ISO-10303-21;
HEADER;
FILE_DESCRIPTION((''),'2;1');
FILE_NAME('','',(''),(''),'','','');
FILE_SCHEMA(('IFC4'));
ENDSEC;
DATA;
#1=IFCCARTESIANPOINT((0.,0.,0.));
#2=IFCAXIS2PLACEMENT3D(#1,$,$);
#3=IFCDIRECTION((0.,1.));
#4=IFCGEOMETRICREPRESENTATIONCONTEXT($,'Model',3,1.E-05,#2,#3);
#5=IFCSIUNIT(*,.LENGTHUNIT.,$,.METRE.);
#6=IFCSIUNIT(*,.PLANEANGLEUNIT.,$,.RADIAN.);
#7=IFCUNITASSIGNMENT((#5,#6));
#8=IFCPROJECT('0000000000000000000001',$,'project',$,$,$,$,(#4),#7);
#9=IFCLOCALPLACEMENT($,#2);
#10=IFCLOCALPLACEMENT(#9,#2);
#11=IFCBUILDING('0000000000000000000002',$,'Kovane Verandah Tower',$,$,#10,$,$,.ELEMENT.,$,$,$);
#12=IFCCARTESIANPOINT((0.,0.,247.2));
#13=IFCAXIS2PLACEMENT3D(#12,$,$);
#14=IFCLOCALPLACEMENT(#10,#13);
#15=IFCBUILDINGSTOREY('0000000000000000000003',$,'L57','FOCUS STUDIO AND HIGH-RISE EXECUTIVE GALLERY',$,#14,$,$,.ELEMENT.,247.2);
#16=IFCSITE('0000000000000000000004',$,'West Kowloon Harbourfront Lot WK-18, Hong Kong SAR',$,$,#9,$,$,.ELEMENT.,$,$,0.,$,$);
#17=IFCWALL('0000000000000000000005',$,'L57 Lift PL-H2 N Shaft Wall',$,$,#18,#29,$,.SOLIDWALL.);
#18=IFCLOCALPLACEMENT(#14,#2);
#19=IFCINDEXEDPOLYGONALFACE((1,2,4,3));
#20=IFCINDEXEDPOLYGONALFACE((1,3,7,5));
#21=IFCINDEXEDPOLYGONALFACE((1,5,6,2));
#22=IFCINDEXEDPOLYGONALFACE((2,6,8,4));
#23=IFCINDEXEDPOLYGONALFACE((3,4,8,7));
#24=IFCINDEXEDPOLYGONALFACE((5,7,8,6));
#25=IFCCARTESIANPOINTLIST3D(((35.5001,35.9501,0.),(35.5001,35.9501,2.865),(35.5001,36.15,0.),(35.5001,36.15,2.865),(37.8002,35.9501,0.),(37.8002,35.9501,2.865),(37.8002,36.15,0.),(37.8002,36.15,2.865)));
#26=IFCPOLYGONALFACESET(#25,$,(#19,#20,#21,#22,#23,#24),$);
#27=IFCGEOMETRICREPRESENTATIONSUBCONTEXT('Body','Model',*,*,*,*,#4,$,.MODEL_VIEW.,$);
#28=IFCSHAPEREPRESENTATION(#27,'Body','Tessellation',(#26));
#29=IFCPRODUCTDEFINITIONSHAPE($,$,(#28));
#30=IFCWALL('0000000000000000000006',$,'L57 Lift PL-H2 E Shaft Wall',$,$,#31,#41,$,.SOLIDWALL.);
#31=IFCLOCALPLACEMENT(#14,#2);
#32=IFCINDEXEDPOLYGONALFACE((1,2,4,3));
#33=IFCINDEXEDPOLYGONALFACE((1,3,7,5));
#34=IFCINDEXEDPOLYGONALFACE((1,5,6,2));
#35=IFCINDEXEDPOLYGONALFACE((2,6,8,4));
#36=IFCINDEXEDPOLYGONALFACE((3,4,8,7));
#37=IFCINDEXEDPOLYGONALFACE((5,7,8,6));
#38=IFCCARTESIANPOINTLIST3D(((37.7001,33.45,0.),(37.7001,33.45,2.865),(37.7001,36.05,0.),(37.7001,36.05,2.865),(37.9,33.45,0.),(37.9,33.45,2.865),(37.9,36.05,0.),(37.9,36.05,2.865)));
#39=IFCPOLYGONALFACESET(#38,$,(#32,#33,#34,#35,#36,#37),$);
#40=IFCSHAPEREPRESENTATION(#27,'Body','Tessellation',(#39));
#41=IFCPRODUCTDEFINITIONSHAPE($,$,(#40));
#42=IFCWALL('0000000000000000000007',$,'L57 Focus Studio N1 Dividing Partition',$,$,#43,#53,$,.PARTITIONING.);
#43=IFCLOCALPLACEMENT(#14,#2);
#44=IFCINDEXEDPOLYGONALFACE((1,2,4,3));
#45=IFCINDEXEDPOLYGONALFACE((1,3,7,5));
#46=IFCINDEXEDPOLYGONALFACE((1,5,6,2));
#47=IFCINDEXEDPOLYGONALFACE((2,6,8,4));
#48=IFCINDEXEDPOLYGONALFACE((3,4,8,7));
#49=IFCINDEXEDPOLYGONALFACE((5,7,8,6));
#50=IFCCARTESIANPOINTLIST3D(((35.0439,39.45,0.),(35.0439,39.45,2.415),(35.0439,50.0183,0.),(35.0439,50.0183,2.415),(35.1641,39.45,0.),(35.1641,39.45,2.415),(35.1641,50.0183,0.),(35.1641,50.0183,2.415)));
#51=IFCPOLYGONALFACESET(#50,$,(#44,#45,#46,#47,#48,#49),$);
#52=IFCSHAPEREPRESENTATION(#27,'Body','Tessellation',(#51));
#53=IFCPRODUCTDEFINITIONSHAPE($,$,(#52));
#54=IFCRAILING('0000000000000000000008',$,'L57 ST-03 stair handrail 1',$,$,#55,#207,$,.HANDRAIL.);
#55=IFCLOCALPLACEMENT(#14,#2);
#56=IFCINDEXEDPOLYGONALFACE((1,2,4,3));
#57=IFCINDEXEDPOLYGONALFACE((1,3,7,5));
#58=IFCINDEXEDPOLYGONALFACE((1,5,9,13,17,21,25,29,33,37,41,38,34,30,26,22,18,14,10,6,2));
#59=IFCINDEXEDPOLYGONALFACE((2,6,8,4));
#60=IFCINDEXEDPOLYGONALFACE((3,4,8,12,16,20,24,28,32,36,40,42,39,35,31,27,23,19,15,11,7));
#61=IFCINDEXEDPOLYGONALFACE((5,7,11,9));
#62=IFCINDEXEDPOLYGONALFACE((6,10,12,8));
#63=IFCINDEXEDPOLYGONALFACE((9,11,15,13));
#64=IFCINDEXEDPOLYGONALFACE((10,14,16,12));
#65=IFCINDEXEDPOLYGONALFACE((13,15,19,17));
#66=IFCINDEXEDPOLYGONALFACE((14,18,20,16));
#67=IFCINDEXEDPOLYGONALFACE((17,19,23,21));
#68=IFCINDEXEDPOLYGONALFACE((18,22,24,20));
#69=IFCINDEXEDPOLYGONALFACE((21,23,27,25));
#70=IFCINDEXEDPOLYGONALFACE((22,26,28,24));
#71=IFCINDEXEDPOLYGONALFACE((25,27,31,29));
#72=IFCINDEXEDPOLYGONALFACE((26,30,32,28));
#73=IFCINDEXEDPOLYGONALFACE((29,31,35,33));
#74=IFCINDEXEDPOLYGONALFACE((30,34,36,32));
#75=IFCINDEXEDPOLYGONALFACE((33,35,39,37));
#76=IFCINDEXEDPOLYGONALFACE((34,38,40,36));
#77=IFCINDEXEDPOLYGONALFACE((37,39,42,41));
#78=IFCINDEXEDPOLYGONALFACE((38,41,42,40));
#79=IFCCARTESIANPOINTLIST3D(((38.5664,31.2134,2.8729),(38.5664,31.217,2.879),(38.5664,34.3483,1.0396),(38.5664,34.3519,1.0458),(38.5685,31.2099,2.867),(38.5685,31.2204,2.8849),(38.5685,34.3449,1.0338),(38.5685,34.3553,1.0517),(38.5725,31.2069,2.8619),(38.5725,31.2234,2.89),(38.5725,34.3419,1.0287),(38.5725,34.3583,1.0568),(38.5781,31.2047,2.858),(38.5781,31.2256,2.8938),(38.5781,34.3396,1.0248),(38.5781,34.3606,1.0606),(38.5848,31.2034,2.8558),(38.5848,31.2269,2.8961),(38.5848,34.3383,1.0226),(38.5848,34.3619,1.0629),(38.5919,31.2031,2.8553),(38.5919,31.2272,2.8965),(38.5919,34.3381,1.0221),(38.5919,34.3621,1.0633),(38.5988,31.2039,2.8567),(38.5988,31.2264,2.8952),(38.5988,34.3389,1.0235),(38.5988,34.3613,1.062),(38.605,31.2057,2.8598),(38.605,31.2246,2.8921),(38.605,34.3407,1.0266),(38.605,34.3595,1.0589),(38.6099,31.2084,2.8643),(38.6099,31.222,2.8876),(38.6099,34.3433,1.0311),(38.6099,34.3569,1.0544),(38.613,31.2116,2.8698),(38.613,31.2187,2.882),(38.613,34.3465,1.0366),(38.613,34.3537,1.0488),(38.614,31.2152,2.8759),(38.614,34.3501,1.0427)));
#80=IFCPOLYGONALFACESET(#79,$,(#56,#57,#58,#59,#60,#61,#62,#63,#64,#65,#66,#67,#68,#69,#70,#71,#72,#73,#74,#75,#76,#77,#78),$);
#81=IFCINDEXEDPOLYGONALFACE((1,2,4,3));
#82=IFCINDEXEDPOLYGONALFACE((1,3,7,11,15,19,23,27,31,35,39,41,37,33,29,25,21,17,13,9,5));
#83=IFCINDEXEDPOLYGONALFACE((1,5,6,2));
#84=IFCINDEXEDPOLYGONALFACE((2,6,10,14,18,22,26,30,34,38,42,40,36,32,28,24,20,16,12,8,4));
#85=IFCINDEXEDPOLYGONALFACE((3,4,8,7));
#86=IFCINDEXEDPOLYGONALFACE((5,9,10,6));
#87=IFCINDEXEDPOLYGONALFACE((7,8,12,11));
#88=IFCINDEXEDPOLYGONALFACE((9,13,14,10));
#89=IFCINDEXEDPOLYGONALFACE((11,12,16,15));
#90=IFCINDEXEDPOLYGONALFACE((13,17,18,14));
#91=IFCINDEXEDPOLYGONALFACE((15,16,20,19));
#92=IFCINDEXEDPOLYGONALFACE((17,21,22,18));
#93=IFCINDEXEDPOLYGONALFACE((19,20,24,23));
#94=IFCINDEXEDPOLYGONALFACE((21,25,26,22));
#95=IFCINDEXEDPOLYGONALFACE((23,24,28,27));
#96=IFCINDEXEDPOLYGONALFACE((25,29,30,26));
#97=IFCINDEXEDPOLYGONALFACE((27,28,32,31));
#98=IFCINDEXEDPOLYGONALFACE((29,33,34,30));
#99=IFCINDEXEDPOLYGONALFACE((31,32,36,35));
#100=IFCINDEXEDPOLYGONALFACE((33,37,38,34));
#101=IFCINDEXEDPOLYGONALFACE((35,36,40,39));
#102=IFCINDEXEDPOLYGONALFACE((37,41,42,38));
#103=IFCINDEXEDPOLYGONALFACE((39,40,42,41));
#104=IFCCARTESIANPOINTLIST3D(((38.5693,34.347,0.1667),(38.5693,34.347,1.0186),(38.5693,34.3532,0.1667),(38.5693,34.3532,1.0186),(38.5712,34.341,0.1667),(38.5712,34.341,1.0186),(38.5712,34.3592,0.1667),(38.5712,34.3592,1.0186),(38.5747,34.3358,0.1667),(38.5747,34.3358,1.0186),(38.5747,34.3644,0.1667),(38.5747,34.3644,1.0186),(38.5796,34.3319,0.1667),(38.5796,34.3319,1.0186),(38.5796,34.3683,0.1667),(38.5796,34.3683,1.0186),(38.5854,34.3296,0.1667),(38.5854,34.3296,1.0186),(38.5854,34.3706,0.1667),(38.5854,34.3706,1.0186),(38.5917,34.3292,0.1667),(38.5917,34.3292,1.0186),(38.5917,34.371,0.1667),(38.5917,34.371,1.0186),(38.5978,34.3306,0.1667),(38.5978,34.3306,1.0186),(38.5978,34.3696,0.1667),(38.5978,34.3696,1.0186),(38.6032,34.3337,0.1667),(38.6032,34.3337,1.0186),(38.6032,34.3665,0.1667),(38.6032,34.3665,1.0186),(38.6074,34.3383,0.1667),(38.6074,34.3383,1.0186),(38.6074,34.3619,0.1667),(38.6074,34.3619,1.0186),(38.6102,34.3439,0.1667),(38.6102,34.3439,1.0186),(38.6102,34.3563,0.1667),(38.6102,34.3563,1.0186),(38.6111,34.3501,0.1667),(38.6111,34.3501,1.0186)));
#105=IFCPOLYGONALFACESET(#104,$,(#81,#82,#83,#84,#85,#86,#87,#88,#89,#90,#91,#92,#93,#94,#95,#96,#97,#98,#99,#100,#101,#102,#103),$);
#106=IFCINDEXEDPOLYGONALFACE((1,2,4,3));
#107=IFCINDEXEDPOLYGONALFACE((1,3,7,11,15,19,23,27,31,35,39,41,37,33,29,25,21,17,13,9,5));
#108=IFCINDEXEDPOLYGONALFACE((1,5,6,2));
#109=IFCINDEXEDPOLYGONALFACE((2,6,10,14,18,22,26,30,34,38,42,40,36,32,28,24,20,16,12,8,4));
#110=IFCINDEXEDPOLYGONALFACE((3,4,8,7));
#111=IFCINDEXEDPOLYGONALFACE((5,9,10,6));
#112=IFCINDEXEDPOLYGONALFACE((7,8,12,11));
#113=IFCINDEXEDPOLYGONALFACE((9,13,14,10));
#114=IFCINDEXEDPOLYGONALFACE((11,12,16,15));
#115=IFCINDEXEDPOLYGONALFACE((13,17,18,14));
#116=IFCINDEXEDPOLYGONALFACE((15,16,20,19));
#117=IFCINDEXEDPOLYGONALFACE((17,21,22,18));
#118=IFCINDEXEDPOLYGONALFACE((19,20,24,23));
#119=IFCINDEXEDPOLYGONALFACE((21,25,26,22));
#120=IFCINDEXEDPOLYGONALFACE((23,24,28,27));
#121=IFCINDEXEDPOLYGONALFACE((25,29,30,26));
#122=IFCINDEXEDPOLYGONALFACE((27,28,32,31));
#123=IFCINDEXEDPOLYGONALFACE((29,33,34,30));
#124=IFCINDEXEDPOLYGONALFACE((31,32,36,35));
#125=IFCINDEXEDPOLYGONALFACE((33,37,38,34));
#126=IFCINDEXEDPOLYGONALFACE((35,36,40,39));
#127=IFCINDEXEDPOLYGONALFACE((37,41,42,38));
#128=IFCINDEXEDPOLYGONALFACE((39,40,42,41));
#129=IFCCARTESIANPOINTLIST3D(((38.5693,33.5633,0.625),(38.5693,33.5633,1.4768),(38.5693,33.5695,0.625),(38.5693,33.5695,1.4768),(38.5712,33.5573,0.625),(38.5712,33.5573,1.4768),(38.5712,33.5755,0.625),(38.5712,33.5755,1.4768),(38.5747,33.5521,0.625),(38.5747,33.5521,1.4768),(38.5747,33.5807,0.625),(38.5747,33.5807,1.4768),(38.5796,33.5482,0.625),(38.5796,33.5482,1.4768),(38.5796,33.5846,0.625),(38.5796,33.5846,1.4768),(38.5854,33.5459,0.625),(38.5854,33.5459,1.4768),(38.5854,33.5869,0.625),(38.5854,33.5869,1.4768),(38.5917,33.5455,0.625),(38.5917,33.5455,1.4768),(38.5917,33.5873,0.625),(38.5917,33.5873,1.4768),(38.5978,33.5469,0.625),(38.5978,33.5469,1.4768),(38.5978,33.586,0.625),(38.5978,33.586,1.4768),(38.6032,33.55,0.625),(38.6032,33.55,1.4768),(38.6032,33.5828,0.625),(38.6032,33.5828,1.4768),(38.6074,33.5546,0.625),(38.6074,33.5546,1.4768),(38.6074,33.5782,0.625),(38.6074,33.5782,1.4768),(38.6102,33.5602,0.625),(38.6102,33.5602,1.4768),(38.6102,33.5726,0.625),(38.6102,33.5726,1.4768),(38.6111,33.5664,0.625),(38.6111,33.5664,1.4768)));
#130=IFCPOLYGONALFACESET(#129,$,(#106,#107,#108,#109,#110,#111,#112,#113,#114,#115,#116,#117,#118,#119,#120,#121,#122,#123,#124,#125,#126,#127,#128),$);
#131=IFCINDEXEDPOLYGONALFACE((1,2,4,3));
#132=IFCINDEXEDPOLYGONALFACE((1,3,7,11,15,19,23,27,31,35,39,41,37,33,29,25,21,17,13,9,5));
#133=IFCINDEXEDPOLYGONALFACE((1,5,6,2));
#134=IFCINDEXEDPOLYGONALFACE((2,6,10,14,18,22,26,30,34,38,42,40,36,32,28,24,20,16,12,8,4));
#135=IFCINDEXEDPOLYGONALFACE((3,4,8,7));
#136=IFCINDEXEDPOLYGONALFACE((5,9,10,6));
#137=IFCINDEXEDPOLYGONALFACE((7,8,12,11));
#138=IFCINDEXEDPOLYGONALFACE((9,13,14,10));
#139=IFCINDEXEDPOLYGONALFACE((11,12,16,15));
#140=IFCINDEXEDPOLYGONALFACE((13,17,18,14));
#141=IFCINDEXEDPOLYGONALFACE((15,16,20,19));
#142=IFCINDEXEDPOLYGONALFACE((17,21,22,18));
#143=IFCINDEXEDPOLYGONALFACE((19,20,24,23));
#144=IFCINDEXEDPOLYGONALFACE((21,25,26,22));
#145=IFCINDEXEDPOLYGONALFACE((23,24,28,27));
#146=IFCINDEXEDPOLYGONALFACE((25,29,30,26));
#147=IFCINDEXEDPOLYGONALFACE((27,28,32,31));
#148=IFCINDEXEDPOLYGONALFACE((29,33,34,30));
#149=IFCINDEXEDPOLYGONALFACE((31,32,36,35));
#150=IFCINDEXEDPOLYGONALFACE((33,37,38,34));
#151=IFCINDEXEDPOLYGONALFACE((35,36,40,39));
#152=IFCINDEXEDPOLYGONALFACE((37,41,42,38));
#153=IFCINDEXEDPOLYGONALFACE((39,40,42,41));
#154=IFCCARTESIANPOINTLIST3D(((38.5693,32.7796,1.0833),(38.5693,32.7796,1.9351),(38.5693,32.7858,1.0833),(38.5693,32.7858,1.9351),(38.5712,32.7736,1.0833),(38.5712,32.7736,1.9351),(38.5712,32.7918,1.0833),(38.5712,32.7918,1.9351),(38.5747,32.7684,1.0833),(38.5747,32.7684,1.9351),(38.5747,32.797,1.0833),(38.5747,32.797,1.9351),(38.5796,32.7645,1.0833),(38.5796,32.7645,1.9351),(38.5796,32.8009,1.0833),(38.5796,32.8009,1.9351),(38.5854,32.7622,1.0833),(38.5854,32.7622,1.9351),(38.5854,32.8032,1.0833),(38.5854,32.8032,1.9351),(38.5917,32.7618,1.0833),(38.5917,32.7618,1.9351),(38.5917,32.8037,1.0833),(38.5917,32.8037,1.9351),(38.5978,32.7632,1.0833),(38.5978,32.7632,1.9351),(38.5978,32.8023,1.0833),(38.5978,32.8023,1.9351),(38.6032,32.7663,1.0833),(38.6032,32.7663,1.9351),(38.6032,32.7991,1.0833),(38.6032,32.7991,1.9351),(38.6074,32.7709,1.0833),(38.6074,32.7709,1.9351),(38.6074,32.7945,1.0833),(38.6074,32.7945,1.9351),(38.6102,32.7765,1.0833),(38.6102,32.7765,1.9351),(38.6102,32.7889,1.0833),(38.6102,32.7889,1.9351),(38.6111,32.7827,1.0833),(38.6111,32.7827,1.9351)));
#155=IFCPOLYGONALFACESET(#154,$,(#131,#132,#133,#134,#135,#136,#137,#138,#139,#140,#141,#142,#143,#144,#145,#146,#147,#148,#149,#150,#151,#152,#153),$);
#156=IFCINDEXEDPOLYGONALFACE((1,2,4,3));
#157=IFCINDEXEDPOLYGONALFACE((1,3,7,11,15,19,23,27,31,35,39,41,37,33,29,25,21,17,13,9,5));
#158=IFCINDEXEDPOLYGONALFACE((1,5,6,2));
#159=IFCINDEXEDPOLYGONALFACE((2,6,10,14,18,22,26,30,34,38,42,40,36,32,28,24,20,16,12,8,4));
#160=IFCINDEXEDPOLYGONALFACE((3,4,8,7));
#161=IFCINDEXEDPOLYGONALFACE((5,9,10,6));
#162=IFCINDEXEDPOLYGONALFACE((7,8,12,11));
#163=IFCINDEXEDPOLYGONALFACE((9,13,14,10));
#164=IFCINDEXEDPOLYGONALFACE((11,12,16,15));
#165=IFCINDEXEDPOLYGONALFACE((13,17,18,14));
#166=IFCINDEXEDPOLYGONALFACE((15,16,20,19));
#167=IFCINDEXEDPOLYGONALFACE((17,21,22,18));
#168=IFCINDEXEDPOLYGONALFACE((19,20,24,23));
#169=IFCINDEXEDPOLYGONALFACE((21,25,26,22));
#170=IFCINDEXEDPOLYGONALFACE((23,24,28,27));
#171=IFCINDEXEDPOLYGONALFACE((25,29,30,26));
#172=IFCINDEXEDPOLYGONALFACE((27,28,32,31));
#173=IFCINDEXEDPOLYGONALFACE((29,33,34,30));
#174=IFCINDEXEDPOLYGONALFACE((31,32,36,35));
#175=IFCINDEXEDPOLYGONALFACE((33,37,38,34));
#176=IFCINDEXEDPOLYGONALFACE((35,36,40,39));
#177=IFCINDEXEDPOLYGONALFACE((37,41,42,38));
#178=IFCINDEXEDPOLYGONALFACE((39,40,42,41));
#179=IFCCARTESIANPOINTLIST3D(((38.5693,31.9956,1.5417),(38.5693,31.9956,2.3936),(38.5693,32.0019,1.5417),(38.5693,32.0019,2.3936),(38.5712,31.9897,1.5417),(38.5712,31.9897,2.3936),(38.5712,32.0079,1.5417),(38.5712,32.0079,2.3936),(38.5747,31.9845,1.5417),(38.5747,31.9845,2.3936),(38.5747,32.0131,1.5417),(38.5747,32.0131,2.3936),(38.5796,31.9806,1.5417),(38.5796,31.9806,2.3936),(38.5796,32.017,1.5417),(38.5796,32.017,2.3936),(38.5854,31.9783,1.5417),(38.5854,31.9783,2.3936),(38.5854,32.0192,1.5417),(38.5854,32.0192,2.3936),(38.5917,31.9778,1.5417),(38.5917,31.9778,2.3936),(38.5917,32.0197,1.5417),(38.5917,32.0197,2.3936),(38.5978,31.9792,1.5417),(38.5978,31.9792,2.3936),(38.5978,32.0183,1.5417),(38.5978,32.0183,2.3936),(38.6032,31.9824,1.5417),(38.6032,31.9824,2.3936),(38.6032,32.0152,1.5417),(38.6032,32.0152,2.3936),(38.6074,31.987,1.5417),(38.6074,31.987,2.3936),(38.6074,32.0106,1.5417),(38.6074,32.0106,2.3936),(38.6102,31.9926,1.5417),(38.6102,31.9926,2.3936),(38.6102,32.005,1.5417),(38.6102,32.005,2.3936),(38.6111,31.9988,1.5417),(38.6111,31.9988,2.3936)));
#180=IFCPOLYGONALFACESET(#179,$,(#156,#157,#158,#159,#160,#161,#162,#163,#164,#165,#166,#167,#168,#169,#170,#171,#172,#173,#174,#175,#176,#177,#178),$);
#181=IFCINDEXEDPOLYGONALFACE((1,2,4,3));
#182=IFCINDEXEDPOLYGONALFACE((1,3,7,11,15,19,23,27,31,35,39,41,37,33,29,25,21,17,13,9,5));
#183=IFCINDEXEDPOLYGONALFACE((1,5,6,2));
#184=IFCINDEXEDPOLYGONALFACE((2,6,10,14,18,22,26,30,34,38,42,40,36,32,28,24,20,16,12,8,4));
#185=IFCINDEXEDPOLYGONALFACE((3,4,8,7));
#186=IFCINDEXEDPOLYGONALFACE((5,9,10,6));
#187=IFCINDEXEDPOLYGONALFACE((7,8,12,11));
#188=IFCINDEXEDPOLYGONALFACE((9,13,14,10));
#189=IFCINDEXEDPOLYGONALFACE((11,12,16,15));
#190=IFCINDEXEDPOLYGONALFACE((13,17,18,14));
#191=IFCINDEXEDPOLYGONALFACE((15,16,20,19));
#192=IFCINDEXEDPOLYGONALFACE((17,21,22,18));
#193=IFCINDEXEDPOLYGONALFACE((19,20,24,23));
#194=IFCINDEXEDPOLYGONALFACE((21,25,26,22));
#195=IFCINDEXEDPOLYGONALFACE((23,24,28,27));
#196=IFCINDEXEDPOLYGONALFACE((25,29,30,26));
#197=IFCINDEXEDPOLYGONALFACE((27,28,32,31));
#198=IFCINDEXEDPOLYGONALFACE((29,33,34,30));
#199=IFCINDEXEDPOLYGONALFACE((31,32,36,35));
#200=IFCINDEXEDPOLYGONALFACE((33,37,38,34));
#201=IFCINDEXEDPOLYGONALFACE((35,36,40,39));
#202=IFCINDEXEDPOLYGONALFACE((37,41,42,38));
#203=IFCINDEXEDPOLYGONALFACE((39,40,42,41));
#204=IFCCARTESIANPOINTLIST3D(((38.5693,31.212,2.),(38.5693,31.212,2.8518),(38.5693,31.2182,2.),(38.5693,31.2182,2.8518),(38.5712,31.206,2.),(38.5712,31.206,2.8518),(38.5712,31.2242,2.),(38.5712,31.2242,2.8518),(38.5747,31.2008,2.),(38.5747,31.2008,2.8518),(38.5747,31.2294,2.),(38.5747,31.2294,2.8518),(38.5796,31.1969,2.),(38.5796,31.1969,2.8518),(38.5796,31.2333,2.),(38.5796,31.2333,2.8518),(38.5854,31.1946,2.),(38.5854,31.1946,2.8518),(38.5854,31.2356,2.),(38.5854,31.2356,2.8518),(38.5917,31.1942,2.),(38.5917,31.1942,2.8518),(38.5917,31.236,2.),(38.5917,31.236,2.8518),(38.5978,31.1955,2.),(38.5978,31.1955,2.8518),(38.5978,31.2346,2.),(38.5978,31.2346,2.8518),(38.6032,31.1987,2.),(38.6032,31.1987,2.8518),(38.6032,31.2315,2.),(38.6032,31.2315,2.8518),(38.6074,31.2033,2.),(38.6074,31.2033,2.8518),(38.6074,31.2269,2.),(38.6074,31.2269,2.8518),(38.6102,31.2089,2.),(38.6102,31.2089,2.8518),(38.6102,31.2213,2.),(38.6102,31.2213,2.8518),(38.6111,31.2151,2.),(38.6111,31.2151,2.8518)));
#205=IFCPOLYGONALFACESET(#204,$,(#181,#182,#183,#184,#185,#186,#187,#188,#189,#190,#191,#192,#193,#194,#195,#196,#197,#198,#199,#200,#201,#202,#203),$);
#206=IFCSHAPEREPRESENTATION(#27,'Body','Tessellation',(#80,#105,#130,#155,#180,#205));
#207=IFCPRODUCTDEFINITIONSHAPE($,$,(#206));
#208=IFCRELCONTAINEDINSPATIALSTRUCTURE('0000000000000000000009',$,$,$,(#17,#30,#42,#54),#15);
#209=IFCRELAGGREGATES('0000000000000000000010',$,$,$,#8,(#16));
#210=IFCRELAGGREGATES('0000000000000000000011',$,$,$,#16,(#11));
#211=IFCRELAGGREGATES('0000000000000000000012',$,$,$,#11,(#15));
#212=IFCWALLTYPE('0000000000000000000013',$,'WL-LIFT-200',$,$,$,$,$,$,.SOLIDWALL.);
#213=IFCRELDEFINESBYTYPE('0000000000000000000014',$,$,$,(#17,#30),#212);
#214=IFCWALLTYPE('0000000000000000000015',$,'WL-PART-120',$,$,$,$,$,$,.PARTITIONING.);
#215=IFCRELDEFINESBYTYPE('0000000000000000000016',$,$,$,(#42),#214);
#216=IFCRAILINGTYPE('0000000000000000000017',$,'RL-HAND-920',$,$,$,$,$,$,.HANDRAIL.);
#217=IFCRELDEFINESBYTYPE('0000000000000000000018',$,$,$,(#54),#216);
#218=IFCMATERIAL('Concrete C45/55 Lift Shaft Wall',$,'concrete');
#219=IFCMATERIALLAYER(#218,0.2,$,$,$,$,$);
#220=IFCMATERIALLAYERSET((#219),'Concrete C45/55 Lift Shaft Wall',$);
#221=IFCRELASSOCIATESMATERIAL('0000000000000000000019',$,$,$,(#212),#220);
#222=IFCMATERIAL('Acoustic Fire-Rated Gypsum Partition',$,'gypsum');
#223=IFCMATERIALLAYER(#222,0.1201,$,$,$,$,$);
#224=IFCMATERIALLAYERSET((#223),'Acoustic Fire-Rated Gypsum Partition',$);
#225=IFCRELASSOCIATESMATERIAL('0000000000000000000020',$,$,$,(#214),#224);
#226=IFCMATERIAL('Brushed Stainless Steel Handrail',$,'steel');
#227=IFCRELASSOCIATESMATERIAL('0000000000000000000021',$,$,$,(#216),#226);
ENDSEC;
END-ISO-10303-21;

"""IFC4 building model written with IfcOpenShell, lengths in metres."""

from ifc_helpers import new_model, si_unit, direction, frame, frame_2d, origin, origin_2d, place, context, subcontext, project, spatial, rectangle, circle, extrude, material, layer, layer_set, type_object, element, save


model = new_model("IFC4")

# Units and contexts
model_context = context("Model", 3, precision=1e-05, world=origin(), true_north=direction((0.0, 1.0)))
body_context = subcontext(model_context, "Body", "Model", "MODEL_VIEW")
ifc_project = project(units=[si_unit("LENGTHUNIT", "METRE"), si_unit("PLANEANGLEUNIT", "RADIAN")], contexts=[model_context])

# Site, building, storey
site_placement = place(None, origin())
site = spatial("IfcSite", under=ifc_project, at=site_placement, Name="West Kowloon Harbourfront Lot WK-18, Hong Kong SAR", CompositionType="ELEMENT", RefElevation=0.0)
building_placement = place(site_placement, origin())
building = spatial("IfcBuilding", under=site, at=building_placement, Name="Kovane Verandah Tower", CompositionType="ELEMENT")
storey_placement = place(building_placement, frame((0.0, 0.0, 247.2)))
storey = spatial("IfcBuildingStorey", under=building, at=storey_placement, Name="L57", Description="FOCUS STUDIO AND HIGH-RISE EXECUTIVE GALLERY", CompositionType="ELEMENT", Elevation=247.2)

# Shared definitions
ifc_material_1 = material(Name="Concrete C45/55 Lift Shaft Wall", Category="concrete")
ifc_layer_1 = layer(ifc_material_1, 0.2)
ifc_layer_set_1 = layer_set([ifc_layer_1], Name="Concrete C45/55 Lift Shaft Wall")
wall_type_1 = type_object("IfcWallType", Name="WL-LIFT-200", PredefinedType="SOLIDWALL", material=ifc_layer_set_1)

# Walls
wall_1_placement = place(storey_placement, frame((37.8, 36.05, 0.0), z_axis=(0.0, 0.0, 1.0), x_axis=(-1.0, 0.0, 0.0)))
element("IfcWall", 1, at=wall_1_placement, inside=storey, type_object=wall_type_1, Name="L57 Lift PL-H2 N Shaft Wall", PredefinedType="SOLIDWALL", context=body_context, shape_type="SweptSolid", body=[
    extrude(rectangle(XDim=2.3, YDim=0.2, at=frame_2d((1.1499, 0.0))), origin(), (0.0, 0.0, 1.0), 2.865),
])
wall_2_placement = place(storey_placement, frame((37.8, 33.45, 0.0), z_axis=(0.0, 0.0, 1.0), x_axis=(0.0, 1.0, 0.0)))
element("IfcWall", 2, at=wall_2_placement, inside=storey, type_object=wall_type_1, Name="L57 Lift PL-H2 E Shaft Wall", PredefinedType="SOLIDWALL", context=body_context, shape_type="SweptSolid", body=[
    extrude(rectangle(XDim=2.6001, YDim=0.2, at=frame_2d((1.3, 0.0))), origin(), (0.0, 0.0, 1.0), 2.865),
])
ifc_material_2 = material(Name="Acoustic Fire-Rated Gypsum Partition", Category="gypsum")
ifc_layer_2 = layer(ifc_material_2, 0.1201)
ifc_layer_set_2 = layer_set([ifc_layer_2], Name="Acoustic Fire-Rated Gypsum Partition")
wall_type_2 = type_object("IfcWallType", Name="WL-PART-120", PredefinedType="PARTITIONING", material=ifc_layer_set_2)
wall_3_placement = place(storey_placement, frame((35.104, 39.45, 0.0), z_axis=(0.0, 0.0, 1.0), x_axis=(0.0, 1.0, 0.0)))
element("IfcWall", 3, at=wall_3_placement, inside=storey, type_object=wall_type_2, Name="L57 Focus Studio N1 Dividing Partition", PredefinedType="PARTITIONING", context=body_context, shape_type="SweptSolid", body=[
    extrude(rectangle(XDim=10.5684, YDim=0.1201, at=frame_2d((5.2842, 0.0))), origin(), (0.0, 0.0, 1.0), 2.415),
])

# Railing
ifc_material_3 = material(Name="Brushed Stainless Steel Handrail", Category="steel")
railing_type_1 = type_object("IfcRailingType", Name="RL-HAND-920", PredefinedType="HANDRAIL", material=ifc_material_3)
railing_1_placement = place(storey_placement, frame((38.5901, 34.3501, 0.1667)))
element("IfcRailing", 4, at=railing_1_placement, inside=storey, type_object=railing_type_1, Name="L57 ST-03 stair handrail 1", PredefinedType="HANDRAIL", context=body_context, shape_type="SweptSolid", body=[
    extrude(circle(Radius=0.0239, at=origin_2d()), frame((0.0, 0.0, 0.876), z_axis=(0.0, -0.86324, 0.504794), x_axis=(1.0, 0.0, 0.0)), (0.0, 0.0, 1.0), 3.6316),
    extrude(circle(Radius=0.021, at=origin_2d()), origin(), (0.0, 0.0, 1.0), 0.8518),
    extrude(circle(Radius=0.021, at=origin_2d()), frame((0.0, -0.7837, 0.4583)), (0.0, 0.0, 1.0), 0.8518),
    extrude(circle(Radius=0.021, at=origin_2d()), frame((0.0, -1.5674, 0.9165)), (0.0, 0.0, 1.0), 0.8518),
    extrude(circle(Radius=0.021, at=origin_2d()), frame((0.0, -2.3513, 1.375)), (0.0, 0.0, 1.0), 0.8518),
    extrude(circle(Radius=0.021, at=origin_2d()), frame((0.0, -3.135, 1.8333)), (0.0, 0.0, 1.0), 0.8518),
])

save(model, "model.ifc")
